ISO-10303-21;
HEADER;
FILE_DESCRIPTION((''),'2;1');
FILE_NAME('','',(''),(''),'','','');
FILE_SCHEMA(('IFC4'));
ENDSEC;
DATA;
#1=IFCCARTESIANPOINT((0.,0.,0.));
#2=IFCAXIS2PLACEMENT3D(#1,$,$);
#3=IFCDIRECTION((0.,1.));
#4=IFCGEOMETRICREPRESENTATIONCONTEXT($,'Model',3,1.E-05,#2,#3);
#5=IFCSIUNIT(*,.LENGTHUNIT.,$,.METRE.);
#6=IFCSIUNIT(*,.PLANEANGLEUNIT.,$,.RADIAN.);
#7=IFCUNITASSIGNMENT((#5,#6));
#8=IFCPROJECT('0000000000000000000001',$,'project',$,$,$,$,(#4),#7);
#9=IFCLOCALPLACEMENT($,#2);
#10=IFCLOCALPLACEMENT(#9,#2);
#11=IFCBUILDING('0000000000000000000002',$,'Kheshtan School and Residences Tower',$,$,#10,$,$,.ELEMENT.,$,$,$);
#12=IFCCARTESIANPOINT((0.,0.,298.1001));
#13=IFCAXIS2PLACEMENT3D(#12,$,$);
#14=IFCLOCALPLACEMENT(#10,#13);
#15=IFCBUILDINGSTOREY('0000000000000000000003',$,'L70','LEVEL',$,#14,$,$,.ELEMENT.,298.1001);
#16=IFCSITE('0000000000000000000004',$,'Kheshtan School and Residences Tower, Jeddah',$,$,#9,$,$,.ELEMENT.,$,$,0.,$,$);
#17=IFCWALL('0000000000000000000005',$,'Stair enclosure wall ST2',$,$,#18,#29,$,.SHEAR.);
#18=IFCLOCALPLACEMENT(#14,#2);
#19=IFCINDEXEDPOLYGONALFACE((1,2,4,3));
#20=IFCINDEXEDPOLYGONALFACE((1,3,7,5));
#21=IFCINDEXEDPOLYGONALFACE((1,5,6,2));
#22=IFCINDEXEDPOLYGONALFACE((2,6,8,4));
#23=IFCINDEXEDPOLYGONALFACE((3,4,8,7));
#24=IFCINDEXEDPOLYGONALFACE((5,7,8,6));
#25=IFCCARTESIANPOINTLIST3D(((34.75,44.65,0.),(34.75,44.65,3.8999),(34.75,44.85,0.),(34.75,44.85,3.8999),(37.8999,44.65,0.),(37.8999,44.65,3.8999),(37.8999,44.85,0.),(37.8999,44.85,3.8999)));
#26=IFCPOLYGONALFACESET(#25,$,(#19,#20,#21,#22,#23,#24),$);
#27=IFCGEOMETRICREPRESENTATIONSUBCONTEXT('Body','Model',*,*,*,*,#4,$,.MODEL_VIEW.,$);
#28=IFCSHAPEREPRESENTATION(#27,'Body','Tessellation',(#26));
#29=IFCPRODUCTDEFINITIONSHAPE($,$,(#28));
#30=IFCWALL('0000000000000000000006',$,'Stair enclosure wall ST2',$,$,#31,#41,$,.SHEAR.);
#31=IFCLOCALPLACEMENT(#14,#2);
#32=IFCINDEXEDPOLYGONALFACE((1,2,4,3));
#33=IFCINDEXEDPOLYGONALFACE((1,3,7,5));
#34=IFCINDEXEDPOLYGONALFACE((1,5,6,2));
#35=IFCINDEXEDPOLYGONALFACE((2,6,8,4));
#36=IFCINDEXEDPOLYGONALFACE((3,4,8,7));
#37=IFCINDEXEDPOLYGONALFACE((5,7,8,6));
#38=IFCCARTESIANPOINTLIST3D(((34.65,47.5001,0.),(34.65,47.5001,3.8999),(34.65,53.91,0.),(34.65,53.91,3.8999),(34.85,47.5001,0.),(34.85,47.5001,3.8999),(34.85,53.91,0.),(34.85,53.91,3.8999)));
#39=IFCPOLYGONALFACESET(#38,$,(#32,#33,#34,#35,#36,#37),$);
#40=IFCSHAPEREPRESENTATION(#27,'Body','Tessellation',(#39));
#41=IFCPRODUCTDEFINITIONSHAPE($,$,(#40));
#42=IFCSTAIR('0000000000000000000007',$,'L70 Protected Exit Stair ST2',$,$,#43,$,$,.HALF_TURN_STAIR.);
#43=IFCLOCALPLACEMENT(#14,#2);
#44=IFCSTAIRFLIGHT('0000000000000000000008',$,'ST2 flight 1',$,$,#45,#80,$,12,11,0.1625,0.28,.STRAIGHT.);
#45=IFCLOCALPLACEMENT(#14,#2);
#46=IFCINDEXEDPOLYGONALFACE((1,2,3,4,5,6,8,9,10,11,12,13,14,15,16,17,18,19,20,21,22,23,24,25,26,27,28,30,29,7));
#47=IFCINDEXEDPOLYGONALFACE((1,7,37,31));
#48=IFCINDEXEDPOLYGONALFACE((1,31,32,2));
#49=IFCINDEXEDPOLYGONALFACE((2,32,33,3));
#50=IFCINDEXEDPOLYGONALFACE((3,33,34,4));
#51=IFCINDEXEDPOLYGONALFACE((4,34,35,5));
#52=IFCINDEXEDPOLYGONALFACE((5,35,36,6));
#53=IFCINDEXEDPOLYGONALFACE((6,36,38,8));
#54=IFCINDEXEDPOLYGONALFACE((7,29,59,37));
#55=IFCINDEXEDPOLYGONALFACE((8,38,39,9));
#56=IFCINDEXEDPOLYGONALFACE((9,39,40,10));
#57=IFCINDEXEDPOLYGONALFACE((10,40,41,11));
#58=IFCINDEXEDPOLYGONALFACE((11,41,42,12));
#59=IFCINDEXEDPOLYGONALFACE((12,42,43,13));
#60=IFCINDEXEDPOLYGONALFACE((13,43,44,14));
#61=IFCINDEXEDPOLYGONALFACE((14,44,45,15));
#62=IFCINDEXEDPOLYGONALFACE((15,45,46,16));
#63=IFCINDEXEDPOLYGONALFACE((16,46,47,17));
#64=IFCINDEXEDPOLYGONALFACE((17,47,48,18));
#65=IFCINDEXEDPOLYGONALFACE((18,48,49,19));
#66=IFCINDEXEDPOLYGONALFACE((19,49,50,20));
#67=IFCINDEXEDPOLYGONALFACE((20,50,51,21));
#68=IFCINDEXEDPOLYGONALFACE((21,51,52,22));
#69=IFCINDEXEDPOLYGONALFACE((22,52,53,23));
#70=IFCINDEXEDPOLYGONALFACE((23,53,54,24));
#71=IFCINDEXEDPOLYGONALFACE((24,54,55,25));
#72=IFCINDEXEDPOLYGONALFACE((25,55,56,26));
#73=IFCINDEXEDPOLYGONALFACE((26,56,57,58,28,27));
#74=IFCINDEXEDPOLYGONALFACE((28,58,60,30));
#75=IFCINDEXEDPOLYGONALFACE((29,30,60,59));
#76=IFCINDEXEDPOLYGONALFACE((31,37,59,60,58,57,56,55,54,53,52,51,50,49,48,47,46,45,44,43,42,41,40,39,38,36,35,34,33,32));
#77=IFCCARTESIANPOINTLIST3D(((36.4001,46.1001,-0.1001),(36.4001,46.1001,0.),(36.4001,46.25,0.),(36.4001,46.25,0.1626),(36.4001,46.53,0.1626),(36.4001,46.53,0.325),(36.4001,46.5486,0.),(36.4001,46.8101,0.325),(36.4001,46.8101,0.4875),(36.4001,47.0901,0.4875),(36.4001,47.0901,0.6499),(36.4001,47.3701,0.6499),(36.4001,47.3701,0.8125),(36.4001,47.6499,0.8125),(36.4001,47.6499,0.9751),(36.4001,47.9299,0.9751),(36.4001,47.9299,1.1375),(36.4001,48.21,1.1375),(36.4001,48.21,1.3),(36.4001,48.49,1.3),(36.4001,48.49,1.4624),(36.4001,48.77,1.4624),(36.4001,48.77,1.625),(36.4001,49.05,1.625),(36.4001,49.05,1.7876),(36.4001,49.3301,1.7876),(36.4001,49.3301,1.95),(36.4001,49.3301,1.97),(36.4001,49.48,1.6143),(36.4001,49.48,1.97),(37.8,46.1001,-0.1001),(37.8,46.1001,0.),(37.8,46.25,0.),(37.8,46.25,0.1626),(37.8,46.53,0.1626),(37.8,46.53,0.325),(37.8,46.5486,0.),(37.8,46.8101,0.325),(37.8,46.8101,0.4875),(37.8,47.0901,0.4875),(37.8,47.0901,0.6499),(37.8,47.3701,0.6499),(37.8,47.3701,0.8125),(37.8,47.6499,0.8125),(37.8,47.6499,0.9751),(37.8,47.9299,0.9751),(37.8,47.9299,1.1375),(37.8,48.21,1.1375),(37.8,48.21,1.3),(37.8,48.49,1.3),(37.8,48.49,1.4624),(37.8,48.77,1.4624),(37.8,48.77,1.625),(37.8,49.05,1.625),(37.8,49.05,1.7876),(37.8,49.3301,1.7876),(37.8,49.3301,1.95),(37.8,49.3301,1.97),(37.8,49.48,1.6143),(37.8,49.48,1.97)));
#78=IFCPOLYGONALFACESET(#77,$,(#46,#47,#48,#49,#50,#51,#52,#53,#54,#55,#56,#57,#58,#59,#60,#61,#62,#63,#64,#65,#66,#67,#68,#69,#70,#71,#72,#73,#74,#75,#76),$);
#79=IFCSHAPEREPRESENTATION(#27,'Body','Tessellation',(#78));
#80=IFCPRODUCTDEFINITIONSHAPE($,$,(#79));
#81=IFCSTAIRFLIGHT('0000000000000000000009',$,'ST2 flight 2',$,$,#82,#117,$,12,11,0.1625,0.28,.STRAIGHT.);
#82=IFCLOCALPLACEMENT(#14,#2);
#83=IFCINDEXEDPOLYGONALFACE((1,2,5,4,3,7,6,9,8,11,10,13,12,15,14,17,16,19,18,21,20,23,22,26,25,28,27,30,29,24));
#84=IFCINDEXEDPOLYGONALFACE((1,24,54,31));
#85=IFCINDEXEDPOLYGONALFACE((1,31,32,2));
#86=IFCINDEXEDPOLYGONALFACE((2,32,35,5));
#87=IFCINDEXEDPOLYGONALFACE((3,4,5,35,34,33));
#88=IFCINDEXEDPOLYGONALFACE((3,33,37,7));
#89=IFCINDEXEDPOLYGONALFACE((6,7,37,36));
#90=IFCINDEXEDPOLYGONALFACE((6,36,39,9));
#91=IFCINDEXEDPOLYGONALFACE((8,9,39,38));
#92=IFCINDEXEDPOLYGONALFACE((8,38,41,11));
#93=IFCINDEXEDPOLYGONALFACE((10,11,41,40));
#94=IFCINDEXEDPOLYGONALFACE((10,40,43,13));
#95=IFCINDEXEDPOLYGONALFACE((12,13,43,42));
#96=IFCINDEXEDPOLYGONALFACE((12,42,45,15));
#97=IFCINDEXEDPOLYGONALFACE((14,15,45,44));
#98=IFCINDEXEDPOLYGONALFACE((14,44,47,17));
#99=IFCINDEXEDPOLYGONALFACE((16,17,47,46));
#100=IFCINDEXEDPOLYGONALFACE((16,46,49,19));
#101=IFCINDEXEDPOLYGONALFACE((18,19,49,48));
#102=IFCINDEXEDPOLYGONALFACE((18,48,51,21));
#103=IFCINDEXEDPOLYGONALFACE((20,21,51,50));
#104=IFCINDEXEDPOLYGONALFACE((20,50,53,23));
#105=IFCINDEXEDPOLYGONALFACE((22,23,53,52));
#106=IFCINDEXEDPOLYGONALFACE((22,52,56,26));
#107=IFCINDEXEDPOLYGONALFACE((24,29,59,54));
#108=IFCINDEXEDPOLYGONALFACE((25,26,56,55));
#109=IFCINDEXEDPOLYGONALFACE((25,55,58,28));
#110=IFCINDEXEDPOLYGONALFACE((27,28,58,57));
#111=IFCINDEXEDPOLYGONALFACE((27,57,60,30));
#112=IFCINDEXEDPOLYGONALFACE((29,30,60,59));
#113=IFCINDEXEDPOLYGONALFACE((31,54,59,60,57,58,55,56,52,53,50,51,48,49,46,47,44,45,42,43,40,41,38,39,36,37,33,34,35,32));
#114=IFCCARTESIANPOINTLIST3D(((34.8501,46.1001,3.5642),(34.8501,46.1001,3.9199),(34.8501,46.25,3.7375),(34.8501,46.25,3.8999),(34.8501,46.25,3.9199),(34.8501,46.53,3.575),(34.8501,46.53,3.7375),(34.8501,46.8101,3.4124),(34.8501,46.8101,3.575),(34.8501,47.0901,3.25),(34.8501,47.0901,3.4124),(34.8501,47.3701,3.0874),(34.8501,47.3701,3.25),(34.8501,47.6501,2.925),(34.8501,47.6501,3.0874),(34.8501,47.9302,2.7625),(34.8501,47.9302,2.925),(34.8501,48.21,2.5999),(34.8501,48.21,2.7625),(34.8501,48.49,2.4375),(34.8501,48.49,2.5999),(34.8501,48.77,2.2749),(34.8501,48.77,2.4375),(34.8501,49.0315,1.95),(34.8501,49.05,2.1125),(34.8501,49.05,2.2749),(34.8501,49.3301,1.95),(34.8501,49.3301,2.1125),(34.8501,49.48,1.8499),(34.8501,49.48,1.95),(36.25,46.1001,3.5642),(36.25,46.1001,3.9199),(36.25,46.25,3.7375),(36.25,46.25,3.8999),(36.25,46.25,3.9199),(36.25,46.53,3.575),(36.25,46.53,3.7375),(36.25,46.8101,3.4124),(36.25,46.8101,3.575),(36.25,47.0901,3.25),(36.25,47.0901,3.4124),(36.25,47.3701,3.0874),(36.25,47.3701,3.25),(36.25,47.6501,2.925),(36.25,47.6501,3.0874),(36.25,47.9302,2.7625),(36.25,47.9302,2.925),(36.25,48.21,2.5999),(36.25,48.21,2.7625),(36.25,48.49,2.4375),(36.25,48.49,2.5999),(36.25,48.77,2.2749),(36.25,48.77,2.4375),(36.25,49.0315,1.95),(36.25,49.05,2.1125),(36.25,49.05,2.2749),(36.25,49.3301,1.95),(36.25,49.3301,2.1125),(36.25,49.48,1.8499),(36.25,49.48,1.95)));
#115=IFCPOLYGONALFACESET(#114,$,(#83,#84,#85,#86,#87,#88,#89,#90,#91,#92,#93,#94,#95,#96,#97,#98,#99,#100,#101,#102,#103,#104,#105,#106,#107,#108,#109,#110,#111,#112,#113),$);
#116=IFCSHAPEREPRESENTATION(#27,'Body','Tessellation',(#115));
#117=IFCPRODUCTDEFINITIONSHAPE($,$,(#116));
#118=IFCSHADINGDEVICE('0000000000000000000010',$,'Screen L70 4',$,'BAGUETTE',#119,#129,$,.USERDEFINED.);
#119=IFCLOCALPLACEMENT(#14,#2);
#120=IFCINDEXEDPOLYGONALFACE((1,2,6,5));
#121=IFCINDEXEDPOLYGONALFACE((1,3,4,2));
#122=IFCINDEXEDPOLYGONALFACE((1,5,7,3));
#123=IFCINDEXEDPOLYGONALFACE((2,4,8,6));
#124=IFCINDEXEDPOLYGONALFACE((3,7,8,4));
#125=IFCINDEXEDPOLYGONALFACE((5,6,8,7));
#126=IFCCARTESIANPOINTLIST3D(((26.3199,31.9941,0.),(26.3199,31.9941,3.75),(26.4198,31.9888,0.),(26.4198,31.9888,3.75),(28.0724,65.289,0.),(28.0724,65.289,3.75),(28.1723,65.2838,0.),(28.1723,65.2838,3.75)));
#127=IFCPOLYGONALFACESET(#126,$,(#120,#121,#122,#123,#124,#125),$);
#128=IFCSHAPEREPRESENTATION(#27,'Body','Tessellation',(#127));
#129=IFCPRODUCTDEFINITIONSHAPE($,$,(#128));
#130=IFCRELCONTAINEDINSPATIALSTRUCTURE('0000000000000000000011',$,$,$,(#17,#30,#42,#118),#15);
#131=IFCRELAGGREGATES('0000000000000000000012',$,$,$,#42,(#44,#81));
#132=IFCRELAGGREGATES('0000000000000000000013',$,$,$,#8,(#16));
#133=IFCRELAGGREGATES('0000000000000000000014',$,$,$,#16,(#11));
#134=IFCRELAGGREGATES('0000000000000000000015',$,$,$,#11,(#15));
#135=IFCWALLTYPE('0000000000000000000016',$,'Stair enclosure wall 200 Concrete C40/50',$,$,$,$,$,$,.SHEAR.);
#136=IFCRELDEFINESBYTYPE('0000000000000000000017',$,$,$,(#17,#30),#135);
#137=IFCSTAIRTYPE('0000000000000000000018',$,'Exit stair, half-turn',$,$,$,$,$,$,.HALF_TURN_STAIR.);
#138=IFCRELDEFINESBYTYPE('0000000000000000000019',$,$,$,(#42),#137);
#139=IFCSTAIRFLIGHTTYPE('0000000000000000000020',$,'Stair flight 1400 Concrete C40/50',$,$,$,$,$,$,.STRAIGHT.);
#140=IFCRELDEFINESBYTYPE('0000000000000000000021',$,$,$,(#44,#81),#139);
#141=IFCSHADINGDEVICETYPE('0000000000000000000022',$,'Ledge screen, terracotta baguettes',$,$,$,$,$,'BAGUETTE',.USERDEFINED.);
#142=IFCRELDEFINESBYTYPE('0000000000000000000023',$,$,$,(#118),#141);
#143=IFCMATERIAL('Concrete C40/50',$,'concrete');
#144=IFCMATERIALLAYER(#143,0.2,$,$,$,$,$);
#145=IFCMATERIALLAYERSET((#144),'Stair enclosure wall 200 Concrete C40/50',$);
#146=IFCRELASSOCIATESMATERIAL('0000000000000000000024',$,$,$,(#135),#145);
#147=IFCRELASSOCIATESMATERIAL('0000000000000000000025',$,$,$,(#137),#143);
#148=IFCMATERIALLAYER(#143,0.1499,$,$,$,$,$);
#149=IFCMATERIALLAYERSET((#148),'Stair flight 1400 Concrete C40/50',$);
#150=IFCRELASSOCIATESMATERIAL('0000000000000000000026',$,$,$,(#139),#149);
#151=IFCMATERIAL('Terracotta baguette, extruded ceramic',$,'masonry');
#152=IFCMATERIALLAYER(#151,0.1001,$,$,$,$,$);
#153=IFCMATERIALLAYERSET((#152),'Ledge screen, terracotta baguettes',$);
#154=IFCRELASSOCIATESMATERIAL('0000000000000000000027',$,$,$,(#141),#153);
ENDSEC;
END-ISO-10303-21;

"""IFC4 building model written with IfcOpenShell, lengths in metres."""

from ifc_helpers import new_model, si_unit, direction, frame, frame_2d, origin, origin_2d, place, context, subcontext, project, spatial, polyline, rectangle, outline, extrude, material, layer, layer_set, type_object, element, aggregate, save


model = new_model("IFC4")

# Units and contexts
model_context = context("Model", 3, precision=1e-05, world=origin(), true_north=direction((0.0, 1.0)))
body_context = subcontext(model_context, "Body", "Model", "MODEL_VIEW")
ifc_project = project(units=[si_unit("LENGTHUNIT", "METRE"), si_unit("PLANEANGLEUNIT", "RADIAN")], contexts=[model_context])

# Site, building, storey
site_placement = place(None, origin())
site = spatial("IfcSite", under=ifc_project, at=site_placement, Name="Kheshtan School and Residences Tower, Jeddah", CompositionType="ELEMENT", RefElevation=0.0)
building_placement = place(site_placement, origin())
building = spatial("IfcBuilding", under=site, at=building_placement, Name="Kheshtan School and Residences Tower", CompositionType="ELEMENT")
storey_placement = place(building_placement, frame((0.0, 0.0, 298.1001)))
storey = spatial("IfcBuildingStorey", under=building, at=storey_placement, Name="L70", Description="LEVEL", CompositionType="ELEMENT", Elevation=298.1001)

# Walls
ifc_material_1 = material(Name="Concrete C40/50", Category="concrete")
ifc_layer_1 = layer(ifc_material_1, 0.2)
ifc_layer_set_1 = layer_set([ifc_layer_1], Name="Stair enclosure wall 200 Concrete C40/50")
wall_type_1 = type_object("IfcWallType", Name="Stair enclosure wall 200 Concrete C40/50", PredefinedType="SHEAR", material=ifc_layer_set_1)
wall_1_placement = place(storey_placement, frame((34.75, 44.75, 0.0), z_axis=(0.0, 0.0, 1.0), x_axis=(1.0, 0.0, 0.0)))
element("IfcWall", 1, at=wall_1_placement, inside=storey, type_object=wall_type_1, Name="Stair enclosure wall ST2", PredefinedType="SHEAR", context=body_context, shape_type="SweptSolid", body=[
    extrude(rectangle(XDim=3.1499, YDim=0.2, at=frame_2d((1.575, 0.0))), origin(), (0.0, 0.0, 1.0), 3.8999),
])
wall_2_placement = place(storey_placement, frame((34.75, 47.5, 0.0), z_axis=(0.0, 0.0, 1.0), x_axis=(0.0, 1.0, 0.0)))
element("IfcWall", 2, at=wall_2_placement, inside=storey, type_object=wall_type_1, Name="Stair enclosure wall ST2", PredefinedType="SHEAR", context=body_context, shape_type="SweptSolid", body=[
    extrude(rectangle(XDim=6.4099, YDim=0.2, at=frame_2d((3.2051, 0.0))), origin(), (0.0, 0.0, 1.0), 3.8999),
])

# Stair, stair flights
stair_type = type_object("IfcStairType", Name="Exit stair, half-turn", PredefinedType="HALF_TURN_STAIR", material=ifc_material_1)
stair_placement = place(storey_placement, origin())
stair = element("IfcStair", 3, at=stair_placement, inside=storey, type_object=stair_type, Name="L70 Protected Exit Stair ST2", PredefinedType="HALF_TURN_STAIR")
ifc_layer_2 = layer(ifc_material_1, 0.1499)
ifc_layer_set_2 = layer_set([ifc_layer_2], Name="Stair flight 1400 Concrete C40/50")
stair_flight_type = type_object("IfcStairFlightType", Name="Stair flight 1400 Concrete C40/50", PredefinedType="STRAIGHT", material=ifc_layer_set_2)
stair_flight_1_placement = place(storey_placement, frame((37.1001, 46.25, 0.0), z_axis=(0.0, 0.0, 1.0), x_axis=(0.0, 1.0, 0.0)))
stair_flight_1 = element("IfcStairFlight", 4, at=stair_flight_1_placement, type_object=stair_flight_type, Name="ST2 flight 1", NumberOfRisers=12, NumberOfTreads=11, PredefinedType="STRAIGHT", RiserHeight=0.1625, TreadLength=0.28, context=body_context, shape_type="SweptSolid", body=[
    extrude(outline(polyline([(-0.1499, -0.1001), (-0.1499, 0.0), (0.0, 0.0), (0.0, 0.1626), (0.28, 0.1626), (0.28, 0.325), (0.5601, 0.325), (0.5601, 0.4875), (0.8401, 0.4875), (0.8401, 0.6499), (1.1201, 0.6499), (1.1201, 0.8125), (1.3999, 0.8125), (1.3999, 0.9751), (1.6799, 0.9751), (1.6799, 1.1375), (1.96, 1.1375), (1.96, 1.3), (2.24, 1.3), (2.24, 1.4624), (2.52, 1.4624), (2.52, 1.625), (2.8, 1.625), (2.8, 1.7876), (3.0801, 1.7876), (3.0801, 1.95), (3.0801, 1.97), (3.23, 1.97), (3.23, 1.6143), (0.2986, 0.0), (-0.1499, -0.1001)])), frame((0.0, 0.7, 0.0), z_axis=(0.0, -1.0, 0.0), x_axis=(1.0, 0.0, 0.0)), (0.0, 0.0, 1.0), 1.3999),
])
stair_flight_2_placement = place(storey_placement, frame((35.55, 49.3301, 1.95), z_axis=(0.0, 0.0, 1.0), x_axis=(0.0, -1.0, 0.0)))
stair_flight_2 = element("IfcStairFlight", 5, at=stair_flight_2_placement, type_object=stair_flight_type, Name="ST2 flight 2", NumberOfRisers=12, NumberOfTreads=11, PredefinedType="STRAIGHT", RiserHeight=0.1625, TreadLength=0.28, context=body_context, shape_type="SweptSolid", body=[
    extrude(outline(polyline([(-0.1499, -0.1001), (-0.1499, 0.0), (0.0, 0.0), (0.0, 0.1626), (0.28, 0.1626), (0.28, 0.325), (0.5601, 0.325), (0.5601, 0.4875), (0.8401, 0.4875), (0.8401, 0.6499), (1.1201, 0.6499), (1.1201, 0.8125), (1.3999, 0.8125), (1.3999, 0.9751), (1.6799, 0.9751), (1.6799, 1.1375), (1.96, 1.1375), (1.96, 1.3), (2.24, 1.3), (2.24, 1.4624), (2.52, 1.4624), (2.52, 1.625), (2.8, 1.625), (2.8, 1.7876), (3.0801, 1.7876), (3.0801, 1.95), (3.0801, 1.97), (3.23, 1.97), (3.23, 1.6143), (0.2986, 0.0), (-0.1499, -0.1001)])), frame((0.0, 0.7, 0.0), z_axis=(0.0, -1.0, 0.0), x_axis=(1.0, 0.0, 0.0)), (0.0, 0.0, 1.0), 1.3999),
])
aggregate(stair, [stair_flight_1, stair_flight_2])

# Shading device
ifc_material_2 = material(Name="Terracotta baguette, extruded ceramic", Category="masonry")
ifc_layer_3 = layer(ifc_material_2, 0.1001)
ifc_layer_set_3 = layer_set([ifc_layer_3], Name="Ledge screen, terracotta baguettes")
shading_device_type = type_object("IfcShadingDeviceType", Name="Ledge screen, terracotta baguettes", ElementType="BAGUETTE", PredefinedType="USERDEFINED", material=ifc_layer_set_3)
shading_device_placement = place(storey_placement, frame((27.2461, 48.6389, 0.0), z_axis=(0.0, 0.0, 1.0), x_axis=(0.052563, 0.998618, 0.0)))
element("IfcShadingDevice", 6, at=shading_device_placement, inside=storey, type_object=shading_device_type, Name="Screen L70 4", ObjectType="BAGUETTE", PredefinedType="USERDEFINED", context=body_context, shape_type="SweptSolid", body=[
    extrude(rectangle(XDim=33.3411, YDim=0.1001, at=origin_2d()), origin(), (0.0, 0.0, 1.0), 3.75),
])

save(model, "model.ifc")
